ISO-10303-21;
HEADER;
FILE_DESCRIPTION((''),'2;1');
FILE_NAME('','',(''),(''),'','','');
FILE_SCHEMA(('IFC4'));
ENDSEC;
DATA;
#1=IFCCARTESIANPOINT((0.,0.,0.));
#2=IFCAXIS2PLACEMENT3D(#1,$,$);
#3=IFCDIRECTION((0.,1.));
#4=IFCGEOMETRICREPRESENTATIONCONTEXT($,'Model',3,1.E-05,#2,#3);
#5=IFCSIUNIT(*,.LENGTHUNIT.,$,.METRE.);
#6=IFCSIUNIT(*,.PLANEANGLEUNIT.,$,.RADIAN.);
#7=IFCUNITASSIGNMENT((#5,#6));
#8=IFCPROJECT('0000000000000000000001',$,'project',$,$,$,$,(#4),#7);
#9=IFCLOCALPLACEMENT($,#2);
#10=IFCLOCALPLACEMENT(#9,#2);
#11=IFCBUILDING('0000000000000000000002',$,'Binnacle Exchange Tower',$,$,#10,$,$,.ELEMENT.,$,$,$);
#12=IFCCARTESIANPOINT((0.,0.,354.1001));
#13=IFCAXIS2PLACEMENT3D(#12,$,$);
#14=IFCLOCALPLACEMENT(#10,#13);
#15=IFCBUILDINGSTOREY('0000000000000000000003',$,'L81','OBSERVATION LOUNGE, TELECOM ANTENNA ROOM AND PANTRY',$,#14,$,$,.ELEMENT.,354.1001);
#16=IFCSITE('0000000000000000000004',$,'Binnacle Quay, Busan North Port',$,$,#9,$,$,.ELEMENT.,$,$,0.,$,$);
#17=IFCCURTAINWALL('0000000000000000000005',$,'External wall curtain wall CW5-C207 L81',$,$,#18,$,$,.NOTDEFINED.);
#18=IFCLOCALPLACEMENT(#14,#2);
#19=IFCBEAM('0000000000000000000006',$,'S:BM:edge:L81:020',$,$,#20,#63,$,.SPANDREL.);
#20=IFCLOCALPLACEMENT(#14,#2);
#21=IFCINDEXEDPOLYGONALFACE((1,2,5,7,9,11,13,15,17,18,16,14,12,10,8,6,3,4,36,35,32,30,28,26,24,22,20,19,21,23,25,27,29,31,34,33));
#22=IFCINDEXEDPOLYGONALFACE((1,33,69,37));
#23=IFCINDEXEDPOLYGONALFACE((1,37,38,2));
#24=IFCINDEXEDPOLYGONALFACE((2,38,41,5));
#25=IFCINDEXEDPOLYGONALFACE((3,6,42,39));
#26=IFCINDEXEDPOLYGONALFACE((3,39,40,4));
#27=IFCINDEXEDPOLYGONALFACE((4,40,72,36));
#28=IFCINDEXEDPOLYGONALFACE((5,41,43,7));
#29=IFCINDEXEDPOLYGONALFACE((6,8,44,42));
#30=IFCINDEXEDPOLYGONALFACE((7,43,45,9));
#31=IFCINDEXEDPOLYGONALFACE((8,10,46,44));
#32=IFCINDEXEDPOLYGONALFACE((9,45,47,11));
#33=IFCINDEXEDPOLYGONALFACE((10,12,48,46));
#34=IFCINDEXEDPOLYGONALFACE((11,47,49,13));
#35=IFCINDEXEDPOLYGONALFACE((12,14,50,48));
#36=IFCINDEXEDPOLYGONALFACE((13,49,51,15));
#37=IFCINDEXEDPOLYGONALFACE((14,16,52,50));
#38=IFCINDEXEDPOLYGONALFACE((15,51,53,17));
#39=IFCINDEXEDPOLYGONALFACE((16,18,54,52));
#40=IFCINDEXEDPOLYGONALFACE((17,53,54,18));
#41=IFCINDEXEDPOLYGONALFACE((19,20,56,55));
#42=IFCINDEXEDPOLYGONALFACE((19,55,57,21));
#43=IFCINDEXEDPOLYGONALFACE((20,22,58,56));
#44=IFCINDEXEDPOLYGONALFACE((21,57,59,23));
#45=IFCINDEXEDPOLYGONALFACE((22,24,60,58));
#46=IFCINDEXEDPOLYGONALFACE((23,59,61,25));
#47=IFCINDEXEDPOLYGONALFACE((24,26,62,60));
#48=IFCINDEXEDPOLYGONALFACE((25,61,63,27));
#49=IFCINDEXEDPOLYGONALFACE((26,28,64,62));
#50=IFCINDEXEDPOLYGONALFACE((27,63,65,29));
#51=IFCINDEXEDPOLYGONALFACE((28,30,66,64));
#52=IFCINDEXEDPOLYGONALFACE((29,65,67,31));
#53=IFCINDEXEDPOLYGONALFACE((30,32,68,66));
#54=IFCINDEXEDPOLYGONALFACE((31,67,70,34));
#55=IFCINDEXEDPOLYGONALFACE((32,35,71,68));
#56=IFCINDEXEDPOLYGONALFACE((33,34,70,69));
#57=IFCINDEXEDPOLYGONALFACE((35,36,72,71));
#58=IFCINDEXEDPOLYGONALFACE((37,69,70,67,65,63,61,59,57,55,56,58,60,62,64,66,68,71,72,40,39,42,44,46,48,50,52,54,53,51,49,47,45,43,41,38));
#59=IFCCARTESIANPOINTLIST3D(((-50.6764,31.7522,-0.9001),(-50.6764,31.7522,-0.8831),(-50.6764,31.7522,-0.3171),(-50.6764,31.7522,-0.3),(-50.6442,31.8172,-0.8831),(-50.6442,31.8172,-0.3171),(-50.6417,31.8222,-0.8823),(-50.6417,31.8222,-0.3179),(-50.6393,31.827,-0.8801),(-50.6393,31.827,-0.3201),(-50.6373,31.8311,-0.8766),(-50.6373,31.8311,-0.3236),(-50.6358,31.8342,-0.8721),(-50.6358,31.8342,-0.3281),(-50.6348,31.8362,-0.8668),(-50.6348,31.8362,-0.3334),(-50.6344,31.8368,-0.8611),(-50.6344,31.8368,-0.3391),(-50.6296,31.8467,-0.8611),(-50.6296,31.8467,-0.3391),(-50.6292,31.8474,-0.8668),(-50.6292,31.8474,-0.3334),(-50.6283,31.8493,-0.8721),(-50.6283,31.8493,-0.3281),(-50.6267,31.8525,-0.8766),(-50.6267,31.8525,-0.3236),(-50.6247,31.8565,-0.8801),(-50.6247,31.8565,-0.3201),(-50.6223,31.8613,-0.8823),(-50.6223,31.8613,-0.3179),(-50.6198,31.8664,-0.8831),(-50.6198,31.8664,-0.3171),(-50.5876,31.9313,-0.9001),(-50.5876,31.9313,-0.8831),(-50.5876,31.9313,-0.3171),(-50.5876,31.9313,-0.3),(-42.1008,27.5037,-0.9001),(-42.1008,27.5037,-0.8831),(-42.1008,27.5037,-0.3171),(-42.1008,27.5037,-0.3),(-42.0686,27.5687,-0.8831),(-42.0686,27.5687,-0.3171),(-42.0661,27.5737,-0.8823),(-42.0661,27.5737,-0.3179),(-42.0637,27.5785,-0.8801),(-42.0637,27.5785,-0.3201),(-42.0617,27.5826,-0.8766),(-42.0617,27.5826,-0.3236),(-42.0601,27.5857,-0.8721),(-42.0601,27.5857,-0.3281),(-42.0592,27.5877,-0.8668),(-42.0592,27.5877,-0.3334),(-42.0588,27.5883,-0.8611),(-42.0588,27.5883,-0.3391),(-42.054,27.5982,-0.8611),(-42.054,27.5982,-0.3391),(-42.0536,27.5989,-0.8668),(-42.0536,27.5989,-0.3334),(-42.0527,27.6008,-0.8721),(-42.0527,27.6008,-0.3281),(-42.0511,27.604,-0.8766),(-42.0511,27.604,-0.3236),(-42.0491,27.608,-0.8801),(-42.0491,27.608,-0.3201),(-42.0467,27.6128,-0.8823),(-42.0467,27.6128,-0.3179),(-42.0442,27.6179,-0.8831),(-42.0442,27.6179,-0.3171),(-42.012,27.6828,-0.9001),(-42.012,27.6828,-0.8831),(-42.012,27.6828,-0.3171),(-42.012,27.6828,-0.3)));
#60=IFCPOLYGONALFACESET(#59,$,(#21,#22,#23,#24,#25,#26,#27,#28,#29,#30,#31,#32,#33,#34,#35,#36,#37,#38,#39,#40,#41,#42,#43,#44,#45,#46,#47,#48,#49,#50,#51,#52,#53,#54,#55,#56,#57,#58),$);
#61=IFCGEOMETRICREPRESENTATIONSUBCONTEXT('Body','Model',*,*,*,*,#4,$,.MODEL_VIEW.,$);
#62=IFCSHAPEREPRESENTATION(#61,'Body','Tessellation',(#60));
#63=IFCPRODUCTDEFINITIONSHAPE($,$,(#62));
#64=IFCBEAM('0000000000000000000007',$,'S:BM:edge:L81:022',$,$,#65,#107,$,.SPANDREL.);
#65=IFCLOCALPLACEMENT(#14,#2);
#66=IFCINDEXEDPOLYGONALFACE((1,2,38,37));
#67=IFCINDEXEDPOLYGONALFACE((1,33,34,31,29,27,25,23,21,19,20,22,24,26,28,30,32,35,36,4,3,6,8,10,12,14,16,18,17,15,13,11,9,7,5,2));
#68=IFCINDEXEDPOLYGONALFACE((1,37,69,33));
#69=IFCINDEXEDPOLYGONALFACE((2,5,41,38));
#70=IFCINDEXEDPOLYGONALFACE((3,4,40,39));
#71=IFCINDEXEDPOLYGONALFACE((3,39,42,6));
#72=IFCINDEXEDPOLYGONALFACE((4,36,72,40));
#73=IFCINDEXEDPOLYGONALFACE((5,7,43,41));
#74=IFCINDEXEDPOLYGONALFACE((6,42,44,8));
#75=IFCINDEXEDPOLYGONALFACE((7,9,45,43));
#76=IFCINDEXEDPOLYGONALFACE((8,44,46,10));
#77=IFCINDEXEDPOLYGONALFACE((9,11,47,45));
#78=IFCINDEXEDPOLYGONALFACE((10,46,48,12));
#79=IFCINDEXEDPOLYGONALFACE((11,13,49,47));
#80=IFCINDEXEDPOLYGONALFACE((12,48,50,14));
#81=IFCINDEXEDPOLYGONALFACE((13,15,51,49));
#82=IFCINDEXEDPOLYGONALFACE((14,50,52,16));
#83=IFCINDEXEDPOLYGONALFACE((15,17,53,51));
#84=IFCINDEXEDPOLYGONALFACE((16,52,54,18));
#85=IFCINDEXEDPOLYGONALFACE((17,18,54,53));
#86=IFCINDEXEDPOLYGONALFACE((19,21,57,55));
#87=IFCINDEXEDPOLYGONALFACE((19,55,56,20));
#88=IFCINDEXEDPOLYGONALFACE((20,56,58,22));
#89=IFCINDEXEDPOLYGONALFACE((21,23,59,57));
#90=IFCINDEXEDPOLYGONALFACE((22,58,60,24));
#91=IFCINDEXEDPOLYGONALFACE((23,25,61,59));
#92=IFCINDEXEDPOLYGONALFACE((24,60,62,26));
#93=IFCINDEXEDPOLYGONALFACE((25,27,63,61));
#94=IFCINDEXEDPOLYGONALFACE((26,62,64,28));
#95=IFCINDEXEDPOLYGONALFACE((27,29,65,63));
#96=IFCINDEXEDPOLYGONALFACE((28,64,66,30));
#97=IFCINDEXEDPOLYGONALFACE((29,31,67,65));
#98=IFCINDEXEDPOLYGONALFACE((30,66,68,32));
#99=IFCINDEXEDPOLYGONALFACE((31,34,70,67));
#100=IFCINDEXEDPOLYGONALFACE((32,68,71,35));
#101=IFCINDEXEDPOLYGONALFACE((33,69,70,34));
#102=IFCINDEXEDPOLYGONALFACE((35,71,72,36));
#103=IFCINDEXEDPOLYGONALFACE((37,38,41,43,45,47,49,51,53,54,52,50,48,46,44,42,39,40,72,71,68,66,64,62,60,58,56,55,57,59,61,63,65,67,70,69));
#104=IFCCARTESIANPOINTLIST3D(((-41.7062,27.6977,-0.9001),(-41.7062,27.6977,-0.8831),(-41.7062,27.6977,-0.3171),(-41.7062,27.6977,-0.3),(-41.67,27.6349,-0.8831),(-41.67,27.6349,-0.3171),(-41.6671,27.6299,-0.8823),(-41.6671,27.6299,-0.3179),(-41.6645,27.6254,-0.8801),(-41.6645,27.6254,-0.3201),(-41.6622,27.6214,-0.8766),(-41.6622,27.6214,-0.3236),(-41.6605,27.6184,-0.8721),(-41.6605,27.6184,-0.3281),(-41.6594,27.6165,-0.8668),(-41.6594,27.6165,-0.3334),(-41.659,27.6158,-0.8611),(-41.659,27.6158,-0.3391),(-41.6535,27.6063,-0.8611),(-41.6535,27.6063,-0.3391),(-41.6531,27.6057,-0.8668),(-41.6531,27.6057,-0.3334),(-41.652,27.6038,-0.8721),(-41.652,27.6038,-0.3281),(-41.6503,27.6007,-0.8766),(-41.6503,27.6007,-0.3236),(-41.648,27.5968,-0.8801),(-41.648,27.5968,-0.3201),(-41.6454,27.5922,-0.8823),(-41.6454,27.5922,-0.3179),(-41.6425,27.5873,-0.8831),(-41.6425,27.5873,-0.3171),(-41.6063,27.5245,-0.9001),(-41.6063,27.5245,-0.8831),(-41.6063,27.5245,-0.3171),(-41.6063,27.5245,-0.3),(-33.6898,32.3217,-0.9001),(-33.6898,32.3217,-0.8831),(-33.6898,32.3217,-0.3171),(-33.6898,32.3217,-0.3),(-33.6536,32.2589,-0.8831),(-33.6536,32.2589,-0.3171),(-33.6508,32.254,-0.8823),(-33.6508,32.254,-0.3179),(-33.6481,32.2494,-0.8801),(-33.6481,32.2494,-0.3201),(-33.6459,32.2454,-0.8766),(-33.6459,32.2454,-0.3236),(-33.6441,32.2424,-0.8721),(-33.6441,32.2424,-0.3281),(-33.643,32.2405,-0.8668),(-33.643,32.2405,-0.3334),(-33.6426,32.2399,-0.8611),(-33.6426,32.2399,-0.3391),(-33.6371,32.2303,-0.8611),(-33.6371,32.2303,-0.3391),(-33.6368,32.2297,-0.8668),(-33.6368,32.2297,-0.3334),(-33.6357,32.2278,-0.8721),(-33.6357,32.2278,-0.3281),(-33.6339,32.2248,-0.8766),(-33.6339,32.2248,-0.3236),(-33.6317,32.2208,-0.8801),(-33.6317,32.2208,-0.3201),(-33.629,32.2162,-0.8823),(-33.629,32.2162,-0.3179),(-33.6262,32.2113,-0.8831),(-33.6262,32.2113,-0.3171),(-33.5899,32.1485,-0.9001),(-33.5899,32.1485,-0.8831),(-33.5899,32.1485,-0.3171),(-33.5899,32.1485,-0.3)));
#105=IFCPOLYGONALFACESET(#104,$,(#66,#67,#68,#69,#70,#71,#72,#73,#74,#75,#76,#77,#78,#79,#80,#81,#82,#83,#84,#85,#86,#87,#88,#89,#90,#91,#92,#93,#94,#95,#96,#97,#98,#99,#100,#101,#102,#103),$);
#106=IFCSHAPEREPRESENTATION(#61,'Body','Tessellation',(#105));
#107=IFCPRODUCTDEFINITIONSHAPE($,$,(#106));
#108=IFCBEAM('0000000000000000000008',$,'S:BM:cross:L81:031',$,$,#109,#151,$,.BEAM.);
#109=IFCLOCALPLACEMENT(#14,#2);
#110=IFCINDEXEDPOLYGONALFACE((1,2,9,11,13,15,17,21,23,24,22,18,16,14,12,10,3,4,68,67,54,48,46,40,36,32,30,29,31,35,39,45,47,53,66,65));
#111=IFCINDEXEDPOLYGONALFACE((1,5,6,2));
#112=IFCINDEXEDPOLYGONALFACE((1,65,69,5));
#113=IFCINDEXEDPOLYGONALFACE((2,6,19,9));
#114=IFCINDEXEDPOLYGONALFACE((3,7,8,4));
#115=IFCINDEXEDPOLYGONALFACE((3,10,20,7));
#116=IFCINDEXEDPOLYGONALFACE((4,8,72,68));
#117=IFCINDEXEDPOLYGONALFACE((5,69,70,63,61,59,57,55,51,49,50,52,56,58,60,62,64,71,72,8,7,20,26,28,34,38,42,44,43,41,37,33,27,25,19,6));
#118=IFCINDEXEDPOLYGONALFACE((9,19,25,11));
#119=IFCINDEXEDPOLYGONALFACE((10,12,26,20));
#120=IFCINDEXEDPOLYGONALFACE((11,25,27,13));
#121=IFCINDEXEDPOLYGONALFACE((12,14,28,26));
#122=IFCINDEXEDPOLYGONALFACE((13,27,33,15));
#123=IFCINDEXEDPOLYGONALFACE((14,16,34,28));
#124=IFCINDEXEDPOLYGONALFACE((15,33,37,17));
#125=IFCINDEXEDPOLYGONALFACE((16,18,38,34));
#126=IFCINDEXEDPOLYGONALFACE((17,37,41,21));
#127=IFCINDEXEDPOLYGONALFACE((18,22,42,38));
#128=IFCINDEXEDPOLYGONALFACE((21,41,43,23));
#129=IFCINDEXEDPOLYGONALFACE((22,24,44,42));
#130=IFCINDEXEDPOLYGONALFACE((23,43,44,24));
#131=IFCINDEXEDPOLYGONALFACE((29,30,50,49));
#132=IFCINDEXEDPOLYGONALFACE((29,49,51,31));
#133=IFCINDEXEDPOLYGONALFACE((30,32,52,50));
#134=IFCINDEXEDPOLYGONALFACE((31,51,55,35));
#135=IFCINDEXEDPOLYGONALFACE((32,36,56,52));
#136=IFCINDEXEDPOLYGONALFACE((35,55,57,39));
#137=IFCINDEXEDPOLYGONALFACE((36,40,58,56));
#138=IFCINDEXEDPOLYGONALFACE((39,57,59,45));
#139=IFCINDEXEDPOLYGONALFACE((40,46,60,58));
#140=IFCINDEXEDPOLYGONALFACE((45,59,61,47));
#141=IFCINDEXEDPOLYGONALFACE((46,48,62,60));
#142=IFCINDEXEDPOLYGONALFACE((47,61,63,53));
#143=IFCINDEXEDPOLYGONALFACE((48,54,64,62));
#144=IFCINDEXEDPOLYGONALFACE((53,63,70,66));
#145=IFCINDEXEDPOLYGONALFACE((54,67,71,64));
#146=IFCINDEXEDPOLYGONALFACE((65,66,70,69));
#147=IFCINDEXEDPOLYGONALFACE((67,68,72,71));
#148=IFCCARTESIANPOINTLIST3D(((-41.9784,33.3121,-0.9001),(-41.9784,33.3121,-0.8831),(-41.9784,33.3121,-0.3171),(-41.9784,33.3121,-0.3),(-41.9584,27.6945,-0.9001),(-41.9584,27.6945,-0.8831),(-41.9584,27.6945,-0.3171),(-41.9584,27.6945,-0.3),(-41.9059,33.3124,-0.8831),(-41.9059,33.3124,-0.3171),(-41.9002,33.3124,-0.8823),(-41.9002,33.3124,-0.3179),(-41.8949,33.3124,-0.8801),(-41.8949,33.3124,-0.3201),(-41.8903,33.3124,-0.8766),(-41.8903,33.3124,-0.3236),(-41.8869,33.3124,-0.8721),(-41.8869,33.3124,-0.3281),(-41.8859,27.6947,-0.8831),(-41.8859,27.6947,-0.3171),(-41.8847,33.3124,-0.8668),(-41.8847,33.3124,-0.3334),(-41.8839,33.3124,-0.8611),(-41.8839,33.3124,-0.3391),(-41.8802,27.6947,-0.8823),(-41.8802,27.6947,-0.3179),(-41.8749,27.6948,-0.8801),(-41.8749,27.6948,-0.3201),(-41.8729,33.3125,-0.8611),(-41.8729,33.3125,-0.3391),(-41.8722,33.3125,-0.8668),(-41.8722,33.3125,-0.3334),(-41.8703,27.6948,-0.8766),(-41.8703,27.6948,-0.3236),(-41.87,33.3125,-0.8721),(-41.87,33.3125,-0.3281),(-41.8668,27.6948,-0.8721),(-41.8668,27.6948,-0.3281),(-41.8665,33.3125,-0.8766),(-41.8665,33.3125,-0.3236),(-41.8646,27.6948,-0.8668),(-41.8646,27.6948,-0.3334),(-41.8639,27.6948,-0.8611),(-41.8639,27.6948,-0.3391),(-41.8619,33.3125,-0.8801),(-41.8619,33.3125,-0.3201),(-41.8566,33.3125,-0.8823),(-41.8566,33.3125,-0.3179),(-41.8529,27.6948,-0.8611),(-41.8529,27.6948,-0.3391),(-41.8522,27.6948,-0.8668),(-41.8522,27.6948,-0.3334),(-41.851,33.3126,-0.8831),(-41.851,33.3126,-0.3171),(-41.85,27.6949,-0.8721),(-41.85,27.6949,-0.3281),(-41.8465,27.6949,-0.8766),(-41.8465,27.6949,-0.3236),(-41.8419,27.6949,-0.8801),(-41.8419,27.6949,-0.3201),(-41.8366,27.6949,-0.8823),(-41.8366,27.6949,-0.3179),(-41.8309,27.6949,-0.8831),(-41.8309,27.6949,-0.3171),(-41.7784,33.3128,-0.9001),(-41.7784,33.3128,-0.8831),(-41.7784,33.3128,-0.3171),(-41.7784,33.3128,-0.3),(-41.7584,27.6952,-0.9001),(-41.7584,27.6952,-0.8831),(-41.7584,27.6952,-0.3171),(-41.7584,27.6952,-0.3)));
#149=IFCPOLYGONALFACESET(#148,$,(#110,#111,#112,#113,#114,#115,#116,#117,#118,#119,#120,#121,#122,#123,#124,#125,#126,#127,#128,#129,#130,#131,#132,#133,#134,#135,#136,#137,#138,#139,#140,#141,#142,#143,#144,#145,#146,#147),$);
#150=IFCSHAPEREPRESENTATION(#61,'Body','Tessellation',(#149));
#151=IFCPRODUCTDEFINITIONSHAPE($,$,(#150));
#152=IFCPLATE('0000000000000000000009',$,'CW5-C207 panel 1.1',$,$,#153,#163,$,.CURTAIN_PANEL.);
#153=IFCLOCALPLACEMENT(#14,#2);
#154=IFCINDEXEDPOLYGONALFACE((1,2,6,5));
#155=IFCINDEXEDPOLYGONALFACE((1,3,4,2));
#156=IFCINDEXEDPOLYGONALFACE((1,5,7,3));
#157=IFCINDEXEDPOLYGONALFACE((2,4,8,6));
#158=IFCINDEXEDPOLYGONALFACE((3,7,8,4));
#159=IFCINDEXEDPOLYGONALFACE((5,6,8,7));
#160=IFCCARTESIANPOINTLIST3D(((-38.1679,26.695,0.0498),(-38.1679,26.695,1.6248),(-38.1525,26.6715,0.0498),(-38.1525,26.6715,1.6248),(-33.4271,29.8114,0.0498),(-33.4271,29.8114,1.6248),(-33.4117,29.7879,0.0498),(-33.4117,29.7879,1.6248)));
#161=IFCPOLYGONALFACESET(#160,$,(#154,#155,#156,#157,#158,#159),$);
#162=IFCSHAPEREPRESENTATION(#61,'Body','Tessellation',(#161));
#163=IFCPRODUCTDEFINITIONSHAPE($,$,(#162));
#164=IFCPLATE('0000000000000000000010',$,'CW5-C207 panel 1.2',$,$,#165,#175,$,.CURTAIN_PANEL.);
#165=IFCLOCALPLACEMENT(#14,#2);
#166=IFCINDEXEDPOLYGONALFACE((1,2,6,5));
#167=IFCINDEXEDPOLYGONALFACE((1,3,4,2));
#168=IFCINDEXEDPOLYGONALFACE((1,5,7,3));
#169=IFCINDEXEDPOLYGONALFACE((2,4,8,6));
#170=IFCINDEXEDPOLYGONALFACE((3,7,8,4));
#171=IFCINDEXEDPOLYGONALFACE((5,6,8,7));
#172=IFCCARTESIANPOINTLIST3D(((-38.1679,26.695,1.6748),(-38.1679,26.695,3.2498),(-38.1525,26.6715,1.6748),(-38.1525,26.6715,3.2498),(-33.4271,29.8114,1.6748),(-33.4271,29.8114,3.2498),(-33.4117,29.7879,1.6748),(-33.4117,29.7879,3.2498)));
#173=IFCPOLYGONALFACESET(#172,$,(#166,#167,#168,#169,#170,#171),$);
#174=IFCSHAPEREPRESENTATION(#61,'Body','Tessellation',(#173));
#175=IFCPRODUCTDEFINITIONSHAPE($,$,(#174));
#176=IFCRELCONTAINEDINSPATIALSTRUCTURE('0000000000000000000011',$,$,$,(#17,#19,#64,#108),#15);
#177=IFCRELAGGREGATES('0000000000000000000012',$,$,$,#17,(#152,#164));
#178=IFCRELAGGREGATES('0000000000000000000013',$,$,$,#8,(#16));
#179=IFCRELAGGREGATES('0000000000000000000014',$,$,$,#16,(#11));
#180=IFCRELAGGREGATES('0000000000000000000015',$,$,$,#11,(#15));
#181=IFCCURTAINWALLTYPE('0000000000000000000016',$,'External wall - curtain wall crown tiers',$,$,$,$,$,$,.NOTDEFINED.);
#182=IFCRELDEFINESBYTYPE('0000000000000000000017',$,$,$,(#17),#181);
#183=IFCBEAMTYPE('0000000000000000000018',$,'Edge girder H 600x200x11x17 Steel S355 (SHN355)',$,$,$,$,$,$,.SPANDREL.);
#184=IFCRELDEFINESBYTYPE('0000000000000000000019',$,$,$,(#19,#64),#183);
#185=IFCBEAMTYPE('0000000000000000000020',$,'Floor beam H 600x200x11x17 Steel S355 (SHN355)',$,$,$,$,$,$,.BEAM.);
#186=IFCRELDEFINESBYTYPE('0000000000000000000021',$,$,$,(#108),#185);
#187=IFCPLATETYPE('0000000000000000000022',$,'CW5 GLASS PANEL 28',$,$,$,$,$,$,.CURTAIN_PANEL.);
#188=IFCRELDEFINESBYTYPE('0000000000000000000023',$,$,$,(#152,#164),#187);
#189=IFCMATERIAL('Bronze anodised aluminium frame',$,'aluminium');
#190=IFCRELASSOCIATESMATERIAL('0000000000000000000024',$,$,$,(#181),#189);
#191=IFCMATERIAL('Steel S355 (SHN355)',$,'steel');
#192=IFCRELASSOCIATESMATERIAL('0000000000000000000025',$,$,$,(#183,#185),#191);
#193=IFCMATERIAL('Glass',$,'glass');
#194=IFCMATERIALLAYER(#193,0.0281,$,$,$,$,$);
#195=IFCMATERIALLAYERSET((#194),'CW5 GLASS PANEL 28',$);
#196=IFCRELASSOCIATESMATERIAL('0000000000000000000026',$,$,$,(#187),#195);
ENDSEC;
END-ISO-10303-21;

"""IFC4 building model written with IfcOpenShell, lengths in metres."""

from ifc_helpers import new_model, si_unit, direction, frame, origin, origin_2d, place, context, subcontext, project, spatial, rectangle, i_section, extrude, material, layer, layer_set, material_profile, profile_set, type_object, element, aggregate, save


model = new_model("IFC4")

# Units and contexts
model_context = context("Model", 3, precision=1e-05, world=origin(), true_north=direction((0.0, 1.0)))
body_context = subcontext(model_context, "Body", "Model", "MODEL_VIEW")
ifc_project = project(units=[si_unit("LENGTHUNIT", "METRE"), si_unit("PLANEANGLEUNIT", "RADIAN")], contexts=[model_context])

# Site, building, storey
site_placement = place(None, origin())
site = spatial("IfcSite", under=ifc_project, at=site_placement, Name="Binnacle Quay, Busan North Port", CompositionType="ELEMENT", RefElevation=0.0)
building_placement = place(site_placement, origin())
building = spatial("IfcBuilding", under=site, at=building_placement, Name="Binnacle Exchange Tower", CompositionType="ELEMENT")
storey_placement = place(building_placement, frame((0.0, 0.0, 354.1001)))
storey = spatial("IfcBuildingStorey", under=building, at=storey_placement, Name="L81", Description="OBSERVATION LOUNGE, TELECOM ANTENNA ROOM AND PANTRY", CompositionType="ELEMENT", Elevation=354.1001)

# Shared definitions
ifc_material_1 = material(Name="Steel S355 (SHN355)", Category="steel")

# Curtain wall
ifc_material_2 = material(Name="Bronze anodised aluminium frame", Category="aluminium")
curtain_wall_type = type_object("IfcCurtainWallType", Name="External wall - curtain wall crown tiers", PredefinedType="NOTDEFINED", material=ifc_material_2)
curtain_wall_placement = place(storey_placement, origin())
curtain_wall = element("IfcCurtainWall", 1, at=curtain_wall_placement, inside=storey, type_object=curtain_wall_type, Name="External wall curtain wall CW5-C207 L81", PredefinedType="NOTDEFINED")

# Beams
ifc_material_profile_1 = material_profile(ifc_material_1, i_section(OverallWidth=0.2, OverallDepth=0.6001, WebThickness=0.011, FlangeThickness=0.0171, FilletRadius=0.022, at=origin_2d()), Name="H 600x200x11x17")
ifc_profile_set_1 = profile_set([ifc_material_profile_1], Name="Steel S355 (SHN355)")
beam_type_1 = type_object("IfcBeamType", Name="Edge girder H 600x200x11x17 Steel S355 (SHN355)", PredefinedType="SPANDREL", material=ifc_profile_set_1)
beam_1_placement = place(storey_placement, frame((-42.0564, 27.5933, -0.6001), z_axis=(-0.896064, 0.443925, 0.0), x_axis=(-0.443925, -0.896064, 0.0)))
element("IfcBeam", 2, at=beam_1_placement, inside=storey, type_object=beam_type_1, Name="S:BM:edge:L81:020", PredefinedType="SPANDREL", context=body_context, shape_type="SweptSolid", body=[
    extrude(i_section(OverallWidth=0.2, OverallDepth=0.6001, WebThickness=0.011, FlangeThickness=0.0171, FilletRadius=0.022, at=origin_2d()), origin(), (0.0, 0.0, 1.0), 9.5703),
])
beam_2_placement = place(storey_placement, frame((-33.6399, 32.2351, -0.6001), z_axis=(-0.866223, -0.499658, 0.0), x_axis=(0.499658, -0.866223, 0.0)))
element("IfcBeam", 3, at=beam_2_placement, inside=storey, type_object=beam_type_1, Name="S:BM:edge:L81:022", PredefinedType="SPANDREL", context=body_context, shape_type="SweptSolid", body=[
    extrude(i_section(OverallWidth=0.2, OverallDepth=0.6001, WebThickness=0.011, FlangeThickness=0.0171, FilletRadius=0.022, at=origin_2d()), origin(), (0.0, 0.0, 1.0), 9.2544),
])
ifc_material_profile_2 = material_profile(ifc_material_1, i_section(OverallWidth=0.2, OverallDepth=0.6001, WebThickness=0.011, FlangeThickness=0.0171, FilletRadius=0.022, at=origin_2d()), Name="H 600x200x11x17")
ifc_profile_set_2 = profile_set([ifc_material_profile_2], Name="Steel S355 (SHN355)")
beam_type_2 = type_object("IfcBeamType", Name="Floor beam H 600x200x11x17 Steel S355 (SHN355)", PredefinedType="BEAM", material=ifc_profile_set_2)
beam_3_placement = place(storey_placement, frame((-41.8584, 27.6948, -0.6001), z_axis=(-0.003564, 0.999994, 0.0), x_axis=(-0.999994, -0.003564, 0.0)))
element("IfcBeam", 4, at=beam_3_placement, inside=storey, type_object=beam_type_2, Name="S:BM:cross:L81:031", PredefinedType="BEAM", context=body_context, shape_type="SweptSolid", body=[
    extrude(i_section(OverallWidth=0.2, OverallDepth=0.6001, WebThickness=0.011, FlangeThickness=0.0171, FilletRadius=0.022, at=origin_2d()), origin(), (0.0, 0.0, 1.0), 5.6177),
])

# Plates
ifc_material_3 = material(Name="Glass", Category="glass")
ifc_layer_1 = layer(ifc_material_3, 0.0281)
ifc_layer_set_1 = layer_set([ifc_layer_1], Name="CW5 GLASS PANEL 28")
plate_type = type_object("IfcPlateType", Name="CW5 GLASS PANEL 28", PredefinedType="CURTAIN_PANEL", material=ifc_layer_set_1)
plate_1_placement = place(storey_placement, frame((-35.7898, 28.2415, 0.0498), z_axis=(0.0, 0.0, 1.0), x_axis=(0.835618, 0.54931, 0.0)))
plate_1 = element("IfcPlate", 5, at=plate_1_placement, type_object=plate_type, Name="CW5-C207 panel 1.1", PredefinedType="CURTAIN_PANEL", context=body_context, shape_type="SweptSolid", body=[
    extrude(rectangle(XDim=5.6733, YDim=0.0281, at=origin_2d()), origin(), (0.0, 0.0, 1.0), 1.575),
])
plate_2_placement = place(storey_placement, frame((-35.7898, 28.2415, 1.6748), z_axis=(0.0, 0.0, 1.0), x_axis=(0.835618, 0.54931, 0.0)))
plate_2 = element("IfcPlate", 6, at=plate_2_placement, type_object=plate_type, Name="CW5-C207 panel 1.2", PredefinedType="CURTAIN_PANEL", context=body_context, shape_type="SweptSolid", body=[
    extrude(rectangle(XDim=5.6733, YDim=0.0281, at=origin_2d()), origin(), (0.0, 0.0, 1.0), 1.575),
])
aggregate(curtain_wall, [plate_1, plate_2])

save(model, "model.ifc")
